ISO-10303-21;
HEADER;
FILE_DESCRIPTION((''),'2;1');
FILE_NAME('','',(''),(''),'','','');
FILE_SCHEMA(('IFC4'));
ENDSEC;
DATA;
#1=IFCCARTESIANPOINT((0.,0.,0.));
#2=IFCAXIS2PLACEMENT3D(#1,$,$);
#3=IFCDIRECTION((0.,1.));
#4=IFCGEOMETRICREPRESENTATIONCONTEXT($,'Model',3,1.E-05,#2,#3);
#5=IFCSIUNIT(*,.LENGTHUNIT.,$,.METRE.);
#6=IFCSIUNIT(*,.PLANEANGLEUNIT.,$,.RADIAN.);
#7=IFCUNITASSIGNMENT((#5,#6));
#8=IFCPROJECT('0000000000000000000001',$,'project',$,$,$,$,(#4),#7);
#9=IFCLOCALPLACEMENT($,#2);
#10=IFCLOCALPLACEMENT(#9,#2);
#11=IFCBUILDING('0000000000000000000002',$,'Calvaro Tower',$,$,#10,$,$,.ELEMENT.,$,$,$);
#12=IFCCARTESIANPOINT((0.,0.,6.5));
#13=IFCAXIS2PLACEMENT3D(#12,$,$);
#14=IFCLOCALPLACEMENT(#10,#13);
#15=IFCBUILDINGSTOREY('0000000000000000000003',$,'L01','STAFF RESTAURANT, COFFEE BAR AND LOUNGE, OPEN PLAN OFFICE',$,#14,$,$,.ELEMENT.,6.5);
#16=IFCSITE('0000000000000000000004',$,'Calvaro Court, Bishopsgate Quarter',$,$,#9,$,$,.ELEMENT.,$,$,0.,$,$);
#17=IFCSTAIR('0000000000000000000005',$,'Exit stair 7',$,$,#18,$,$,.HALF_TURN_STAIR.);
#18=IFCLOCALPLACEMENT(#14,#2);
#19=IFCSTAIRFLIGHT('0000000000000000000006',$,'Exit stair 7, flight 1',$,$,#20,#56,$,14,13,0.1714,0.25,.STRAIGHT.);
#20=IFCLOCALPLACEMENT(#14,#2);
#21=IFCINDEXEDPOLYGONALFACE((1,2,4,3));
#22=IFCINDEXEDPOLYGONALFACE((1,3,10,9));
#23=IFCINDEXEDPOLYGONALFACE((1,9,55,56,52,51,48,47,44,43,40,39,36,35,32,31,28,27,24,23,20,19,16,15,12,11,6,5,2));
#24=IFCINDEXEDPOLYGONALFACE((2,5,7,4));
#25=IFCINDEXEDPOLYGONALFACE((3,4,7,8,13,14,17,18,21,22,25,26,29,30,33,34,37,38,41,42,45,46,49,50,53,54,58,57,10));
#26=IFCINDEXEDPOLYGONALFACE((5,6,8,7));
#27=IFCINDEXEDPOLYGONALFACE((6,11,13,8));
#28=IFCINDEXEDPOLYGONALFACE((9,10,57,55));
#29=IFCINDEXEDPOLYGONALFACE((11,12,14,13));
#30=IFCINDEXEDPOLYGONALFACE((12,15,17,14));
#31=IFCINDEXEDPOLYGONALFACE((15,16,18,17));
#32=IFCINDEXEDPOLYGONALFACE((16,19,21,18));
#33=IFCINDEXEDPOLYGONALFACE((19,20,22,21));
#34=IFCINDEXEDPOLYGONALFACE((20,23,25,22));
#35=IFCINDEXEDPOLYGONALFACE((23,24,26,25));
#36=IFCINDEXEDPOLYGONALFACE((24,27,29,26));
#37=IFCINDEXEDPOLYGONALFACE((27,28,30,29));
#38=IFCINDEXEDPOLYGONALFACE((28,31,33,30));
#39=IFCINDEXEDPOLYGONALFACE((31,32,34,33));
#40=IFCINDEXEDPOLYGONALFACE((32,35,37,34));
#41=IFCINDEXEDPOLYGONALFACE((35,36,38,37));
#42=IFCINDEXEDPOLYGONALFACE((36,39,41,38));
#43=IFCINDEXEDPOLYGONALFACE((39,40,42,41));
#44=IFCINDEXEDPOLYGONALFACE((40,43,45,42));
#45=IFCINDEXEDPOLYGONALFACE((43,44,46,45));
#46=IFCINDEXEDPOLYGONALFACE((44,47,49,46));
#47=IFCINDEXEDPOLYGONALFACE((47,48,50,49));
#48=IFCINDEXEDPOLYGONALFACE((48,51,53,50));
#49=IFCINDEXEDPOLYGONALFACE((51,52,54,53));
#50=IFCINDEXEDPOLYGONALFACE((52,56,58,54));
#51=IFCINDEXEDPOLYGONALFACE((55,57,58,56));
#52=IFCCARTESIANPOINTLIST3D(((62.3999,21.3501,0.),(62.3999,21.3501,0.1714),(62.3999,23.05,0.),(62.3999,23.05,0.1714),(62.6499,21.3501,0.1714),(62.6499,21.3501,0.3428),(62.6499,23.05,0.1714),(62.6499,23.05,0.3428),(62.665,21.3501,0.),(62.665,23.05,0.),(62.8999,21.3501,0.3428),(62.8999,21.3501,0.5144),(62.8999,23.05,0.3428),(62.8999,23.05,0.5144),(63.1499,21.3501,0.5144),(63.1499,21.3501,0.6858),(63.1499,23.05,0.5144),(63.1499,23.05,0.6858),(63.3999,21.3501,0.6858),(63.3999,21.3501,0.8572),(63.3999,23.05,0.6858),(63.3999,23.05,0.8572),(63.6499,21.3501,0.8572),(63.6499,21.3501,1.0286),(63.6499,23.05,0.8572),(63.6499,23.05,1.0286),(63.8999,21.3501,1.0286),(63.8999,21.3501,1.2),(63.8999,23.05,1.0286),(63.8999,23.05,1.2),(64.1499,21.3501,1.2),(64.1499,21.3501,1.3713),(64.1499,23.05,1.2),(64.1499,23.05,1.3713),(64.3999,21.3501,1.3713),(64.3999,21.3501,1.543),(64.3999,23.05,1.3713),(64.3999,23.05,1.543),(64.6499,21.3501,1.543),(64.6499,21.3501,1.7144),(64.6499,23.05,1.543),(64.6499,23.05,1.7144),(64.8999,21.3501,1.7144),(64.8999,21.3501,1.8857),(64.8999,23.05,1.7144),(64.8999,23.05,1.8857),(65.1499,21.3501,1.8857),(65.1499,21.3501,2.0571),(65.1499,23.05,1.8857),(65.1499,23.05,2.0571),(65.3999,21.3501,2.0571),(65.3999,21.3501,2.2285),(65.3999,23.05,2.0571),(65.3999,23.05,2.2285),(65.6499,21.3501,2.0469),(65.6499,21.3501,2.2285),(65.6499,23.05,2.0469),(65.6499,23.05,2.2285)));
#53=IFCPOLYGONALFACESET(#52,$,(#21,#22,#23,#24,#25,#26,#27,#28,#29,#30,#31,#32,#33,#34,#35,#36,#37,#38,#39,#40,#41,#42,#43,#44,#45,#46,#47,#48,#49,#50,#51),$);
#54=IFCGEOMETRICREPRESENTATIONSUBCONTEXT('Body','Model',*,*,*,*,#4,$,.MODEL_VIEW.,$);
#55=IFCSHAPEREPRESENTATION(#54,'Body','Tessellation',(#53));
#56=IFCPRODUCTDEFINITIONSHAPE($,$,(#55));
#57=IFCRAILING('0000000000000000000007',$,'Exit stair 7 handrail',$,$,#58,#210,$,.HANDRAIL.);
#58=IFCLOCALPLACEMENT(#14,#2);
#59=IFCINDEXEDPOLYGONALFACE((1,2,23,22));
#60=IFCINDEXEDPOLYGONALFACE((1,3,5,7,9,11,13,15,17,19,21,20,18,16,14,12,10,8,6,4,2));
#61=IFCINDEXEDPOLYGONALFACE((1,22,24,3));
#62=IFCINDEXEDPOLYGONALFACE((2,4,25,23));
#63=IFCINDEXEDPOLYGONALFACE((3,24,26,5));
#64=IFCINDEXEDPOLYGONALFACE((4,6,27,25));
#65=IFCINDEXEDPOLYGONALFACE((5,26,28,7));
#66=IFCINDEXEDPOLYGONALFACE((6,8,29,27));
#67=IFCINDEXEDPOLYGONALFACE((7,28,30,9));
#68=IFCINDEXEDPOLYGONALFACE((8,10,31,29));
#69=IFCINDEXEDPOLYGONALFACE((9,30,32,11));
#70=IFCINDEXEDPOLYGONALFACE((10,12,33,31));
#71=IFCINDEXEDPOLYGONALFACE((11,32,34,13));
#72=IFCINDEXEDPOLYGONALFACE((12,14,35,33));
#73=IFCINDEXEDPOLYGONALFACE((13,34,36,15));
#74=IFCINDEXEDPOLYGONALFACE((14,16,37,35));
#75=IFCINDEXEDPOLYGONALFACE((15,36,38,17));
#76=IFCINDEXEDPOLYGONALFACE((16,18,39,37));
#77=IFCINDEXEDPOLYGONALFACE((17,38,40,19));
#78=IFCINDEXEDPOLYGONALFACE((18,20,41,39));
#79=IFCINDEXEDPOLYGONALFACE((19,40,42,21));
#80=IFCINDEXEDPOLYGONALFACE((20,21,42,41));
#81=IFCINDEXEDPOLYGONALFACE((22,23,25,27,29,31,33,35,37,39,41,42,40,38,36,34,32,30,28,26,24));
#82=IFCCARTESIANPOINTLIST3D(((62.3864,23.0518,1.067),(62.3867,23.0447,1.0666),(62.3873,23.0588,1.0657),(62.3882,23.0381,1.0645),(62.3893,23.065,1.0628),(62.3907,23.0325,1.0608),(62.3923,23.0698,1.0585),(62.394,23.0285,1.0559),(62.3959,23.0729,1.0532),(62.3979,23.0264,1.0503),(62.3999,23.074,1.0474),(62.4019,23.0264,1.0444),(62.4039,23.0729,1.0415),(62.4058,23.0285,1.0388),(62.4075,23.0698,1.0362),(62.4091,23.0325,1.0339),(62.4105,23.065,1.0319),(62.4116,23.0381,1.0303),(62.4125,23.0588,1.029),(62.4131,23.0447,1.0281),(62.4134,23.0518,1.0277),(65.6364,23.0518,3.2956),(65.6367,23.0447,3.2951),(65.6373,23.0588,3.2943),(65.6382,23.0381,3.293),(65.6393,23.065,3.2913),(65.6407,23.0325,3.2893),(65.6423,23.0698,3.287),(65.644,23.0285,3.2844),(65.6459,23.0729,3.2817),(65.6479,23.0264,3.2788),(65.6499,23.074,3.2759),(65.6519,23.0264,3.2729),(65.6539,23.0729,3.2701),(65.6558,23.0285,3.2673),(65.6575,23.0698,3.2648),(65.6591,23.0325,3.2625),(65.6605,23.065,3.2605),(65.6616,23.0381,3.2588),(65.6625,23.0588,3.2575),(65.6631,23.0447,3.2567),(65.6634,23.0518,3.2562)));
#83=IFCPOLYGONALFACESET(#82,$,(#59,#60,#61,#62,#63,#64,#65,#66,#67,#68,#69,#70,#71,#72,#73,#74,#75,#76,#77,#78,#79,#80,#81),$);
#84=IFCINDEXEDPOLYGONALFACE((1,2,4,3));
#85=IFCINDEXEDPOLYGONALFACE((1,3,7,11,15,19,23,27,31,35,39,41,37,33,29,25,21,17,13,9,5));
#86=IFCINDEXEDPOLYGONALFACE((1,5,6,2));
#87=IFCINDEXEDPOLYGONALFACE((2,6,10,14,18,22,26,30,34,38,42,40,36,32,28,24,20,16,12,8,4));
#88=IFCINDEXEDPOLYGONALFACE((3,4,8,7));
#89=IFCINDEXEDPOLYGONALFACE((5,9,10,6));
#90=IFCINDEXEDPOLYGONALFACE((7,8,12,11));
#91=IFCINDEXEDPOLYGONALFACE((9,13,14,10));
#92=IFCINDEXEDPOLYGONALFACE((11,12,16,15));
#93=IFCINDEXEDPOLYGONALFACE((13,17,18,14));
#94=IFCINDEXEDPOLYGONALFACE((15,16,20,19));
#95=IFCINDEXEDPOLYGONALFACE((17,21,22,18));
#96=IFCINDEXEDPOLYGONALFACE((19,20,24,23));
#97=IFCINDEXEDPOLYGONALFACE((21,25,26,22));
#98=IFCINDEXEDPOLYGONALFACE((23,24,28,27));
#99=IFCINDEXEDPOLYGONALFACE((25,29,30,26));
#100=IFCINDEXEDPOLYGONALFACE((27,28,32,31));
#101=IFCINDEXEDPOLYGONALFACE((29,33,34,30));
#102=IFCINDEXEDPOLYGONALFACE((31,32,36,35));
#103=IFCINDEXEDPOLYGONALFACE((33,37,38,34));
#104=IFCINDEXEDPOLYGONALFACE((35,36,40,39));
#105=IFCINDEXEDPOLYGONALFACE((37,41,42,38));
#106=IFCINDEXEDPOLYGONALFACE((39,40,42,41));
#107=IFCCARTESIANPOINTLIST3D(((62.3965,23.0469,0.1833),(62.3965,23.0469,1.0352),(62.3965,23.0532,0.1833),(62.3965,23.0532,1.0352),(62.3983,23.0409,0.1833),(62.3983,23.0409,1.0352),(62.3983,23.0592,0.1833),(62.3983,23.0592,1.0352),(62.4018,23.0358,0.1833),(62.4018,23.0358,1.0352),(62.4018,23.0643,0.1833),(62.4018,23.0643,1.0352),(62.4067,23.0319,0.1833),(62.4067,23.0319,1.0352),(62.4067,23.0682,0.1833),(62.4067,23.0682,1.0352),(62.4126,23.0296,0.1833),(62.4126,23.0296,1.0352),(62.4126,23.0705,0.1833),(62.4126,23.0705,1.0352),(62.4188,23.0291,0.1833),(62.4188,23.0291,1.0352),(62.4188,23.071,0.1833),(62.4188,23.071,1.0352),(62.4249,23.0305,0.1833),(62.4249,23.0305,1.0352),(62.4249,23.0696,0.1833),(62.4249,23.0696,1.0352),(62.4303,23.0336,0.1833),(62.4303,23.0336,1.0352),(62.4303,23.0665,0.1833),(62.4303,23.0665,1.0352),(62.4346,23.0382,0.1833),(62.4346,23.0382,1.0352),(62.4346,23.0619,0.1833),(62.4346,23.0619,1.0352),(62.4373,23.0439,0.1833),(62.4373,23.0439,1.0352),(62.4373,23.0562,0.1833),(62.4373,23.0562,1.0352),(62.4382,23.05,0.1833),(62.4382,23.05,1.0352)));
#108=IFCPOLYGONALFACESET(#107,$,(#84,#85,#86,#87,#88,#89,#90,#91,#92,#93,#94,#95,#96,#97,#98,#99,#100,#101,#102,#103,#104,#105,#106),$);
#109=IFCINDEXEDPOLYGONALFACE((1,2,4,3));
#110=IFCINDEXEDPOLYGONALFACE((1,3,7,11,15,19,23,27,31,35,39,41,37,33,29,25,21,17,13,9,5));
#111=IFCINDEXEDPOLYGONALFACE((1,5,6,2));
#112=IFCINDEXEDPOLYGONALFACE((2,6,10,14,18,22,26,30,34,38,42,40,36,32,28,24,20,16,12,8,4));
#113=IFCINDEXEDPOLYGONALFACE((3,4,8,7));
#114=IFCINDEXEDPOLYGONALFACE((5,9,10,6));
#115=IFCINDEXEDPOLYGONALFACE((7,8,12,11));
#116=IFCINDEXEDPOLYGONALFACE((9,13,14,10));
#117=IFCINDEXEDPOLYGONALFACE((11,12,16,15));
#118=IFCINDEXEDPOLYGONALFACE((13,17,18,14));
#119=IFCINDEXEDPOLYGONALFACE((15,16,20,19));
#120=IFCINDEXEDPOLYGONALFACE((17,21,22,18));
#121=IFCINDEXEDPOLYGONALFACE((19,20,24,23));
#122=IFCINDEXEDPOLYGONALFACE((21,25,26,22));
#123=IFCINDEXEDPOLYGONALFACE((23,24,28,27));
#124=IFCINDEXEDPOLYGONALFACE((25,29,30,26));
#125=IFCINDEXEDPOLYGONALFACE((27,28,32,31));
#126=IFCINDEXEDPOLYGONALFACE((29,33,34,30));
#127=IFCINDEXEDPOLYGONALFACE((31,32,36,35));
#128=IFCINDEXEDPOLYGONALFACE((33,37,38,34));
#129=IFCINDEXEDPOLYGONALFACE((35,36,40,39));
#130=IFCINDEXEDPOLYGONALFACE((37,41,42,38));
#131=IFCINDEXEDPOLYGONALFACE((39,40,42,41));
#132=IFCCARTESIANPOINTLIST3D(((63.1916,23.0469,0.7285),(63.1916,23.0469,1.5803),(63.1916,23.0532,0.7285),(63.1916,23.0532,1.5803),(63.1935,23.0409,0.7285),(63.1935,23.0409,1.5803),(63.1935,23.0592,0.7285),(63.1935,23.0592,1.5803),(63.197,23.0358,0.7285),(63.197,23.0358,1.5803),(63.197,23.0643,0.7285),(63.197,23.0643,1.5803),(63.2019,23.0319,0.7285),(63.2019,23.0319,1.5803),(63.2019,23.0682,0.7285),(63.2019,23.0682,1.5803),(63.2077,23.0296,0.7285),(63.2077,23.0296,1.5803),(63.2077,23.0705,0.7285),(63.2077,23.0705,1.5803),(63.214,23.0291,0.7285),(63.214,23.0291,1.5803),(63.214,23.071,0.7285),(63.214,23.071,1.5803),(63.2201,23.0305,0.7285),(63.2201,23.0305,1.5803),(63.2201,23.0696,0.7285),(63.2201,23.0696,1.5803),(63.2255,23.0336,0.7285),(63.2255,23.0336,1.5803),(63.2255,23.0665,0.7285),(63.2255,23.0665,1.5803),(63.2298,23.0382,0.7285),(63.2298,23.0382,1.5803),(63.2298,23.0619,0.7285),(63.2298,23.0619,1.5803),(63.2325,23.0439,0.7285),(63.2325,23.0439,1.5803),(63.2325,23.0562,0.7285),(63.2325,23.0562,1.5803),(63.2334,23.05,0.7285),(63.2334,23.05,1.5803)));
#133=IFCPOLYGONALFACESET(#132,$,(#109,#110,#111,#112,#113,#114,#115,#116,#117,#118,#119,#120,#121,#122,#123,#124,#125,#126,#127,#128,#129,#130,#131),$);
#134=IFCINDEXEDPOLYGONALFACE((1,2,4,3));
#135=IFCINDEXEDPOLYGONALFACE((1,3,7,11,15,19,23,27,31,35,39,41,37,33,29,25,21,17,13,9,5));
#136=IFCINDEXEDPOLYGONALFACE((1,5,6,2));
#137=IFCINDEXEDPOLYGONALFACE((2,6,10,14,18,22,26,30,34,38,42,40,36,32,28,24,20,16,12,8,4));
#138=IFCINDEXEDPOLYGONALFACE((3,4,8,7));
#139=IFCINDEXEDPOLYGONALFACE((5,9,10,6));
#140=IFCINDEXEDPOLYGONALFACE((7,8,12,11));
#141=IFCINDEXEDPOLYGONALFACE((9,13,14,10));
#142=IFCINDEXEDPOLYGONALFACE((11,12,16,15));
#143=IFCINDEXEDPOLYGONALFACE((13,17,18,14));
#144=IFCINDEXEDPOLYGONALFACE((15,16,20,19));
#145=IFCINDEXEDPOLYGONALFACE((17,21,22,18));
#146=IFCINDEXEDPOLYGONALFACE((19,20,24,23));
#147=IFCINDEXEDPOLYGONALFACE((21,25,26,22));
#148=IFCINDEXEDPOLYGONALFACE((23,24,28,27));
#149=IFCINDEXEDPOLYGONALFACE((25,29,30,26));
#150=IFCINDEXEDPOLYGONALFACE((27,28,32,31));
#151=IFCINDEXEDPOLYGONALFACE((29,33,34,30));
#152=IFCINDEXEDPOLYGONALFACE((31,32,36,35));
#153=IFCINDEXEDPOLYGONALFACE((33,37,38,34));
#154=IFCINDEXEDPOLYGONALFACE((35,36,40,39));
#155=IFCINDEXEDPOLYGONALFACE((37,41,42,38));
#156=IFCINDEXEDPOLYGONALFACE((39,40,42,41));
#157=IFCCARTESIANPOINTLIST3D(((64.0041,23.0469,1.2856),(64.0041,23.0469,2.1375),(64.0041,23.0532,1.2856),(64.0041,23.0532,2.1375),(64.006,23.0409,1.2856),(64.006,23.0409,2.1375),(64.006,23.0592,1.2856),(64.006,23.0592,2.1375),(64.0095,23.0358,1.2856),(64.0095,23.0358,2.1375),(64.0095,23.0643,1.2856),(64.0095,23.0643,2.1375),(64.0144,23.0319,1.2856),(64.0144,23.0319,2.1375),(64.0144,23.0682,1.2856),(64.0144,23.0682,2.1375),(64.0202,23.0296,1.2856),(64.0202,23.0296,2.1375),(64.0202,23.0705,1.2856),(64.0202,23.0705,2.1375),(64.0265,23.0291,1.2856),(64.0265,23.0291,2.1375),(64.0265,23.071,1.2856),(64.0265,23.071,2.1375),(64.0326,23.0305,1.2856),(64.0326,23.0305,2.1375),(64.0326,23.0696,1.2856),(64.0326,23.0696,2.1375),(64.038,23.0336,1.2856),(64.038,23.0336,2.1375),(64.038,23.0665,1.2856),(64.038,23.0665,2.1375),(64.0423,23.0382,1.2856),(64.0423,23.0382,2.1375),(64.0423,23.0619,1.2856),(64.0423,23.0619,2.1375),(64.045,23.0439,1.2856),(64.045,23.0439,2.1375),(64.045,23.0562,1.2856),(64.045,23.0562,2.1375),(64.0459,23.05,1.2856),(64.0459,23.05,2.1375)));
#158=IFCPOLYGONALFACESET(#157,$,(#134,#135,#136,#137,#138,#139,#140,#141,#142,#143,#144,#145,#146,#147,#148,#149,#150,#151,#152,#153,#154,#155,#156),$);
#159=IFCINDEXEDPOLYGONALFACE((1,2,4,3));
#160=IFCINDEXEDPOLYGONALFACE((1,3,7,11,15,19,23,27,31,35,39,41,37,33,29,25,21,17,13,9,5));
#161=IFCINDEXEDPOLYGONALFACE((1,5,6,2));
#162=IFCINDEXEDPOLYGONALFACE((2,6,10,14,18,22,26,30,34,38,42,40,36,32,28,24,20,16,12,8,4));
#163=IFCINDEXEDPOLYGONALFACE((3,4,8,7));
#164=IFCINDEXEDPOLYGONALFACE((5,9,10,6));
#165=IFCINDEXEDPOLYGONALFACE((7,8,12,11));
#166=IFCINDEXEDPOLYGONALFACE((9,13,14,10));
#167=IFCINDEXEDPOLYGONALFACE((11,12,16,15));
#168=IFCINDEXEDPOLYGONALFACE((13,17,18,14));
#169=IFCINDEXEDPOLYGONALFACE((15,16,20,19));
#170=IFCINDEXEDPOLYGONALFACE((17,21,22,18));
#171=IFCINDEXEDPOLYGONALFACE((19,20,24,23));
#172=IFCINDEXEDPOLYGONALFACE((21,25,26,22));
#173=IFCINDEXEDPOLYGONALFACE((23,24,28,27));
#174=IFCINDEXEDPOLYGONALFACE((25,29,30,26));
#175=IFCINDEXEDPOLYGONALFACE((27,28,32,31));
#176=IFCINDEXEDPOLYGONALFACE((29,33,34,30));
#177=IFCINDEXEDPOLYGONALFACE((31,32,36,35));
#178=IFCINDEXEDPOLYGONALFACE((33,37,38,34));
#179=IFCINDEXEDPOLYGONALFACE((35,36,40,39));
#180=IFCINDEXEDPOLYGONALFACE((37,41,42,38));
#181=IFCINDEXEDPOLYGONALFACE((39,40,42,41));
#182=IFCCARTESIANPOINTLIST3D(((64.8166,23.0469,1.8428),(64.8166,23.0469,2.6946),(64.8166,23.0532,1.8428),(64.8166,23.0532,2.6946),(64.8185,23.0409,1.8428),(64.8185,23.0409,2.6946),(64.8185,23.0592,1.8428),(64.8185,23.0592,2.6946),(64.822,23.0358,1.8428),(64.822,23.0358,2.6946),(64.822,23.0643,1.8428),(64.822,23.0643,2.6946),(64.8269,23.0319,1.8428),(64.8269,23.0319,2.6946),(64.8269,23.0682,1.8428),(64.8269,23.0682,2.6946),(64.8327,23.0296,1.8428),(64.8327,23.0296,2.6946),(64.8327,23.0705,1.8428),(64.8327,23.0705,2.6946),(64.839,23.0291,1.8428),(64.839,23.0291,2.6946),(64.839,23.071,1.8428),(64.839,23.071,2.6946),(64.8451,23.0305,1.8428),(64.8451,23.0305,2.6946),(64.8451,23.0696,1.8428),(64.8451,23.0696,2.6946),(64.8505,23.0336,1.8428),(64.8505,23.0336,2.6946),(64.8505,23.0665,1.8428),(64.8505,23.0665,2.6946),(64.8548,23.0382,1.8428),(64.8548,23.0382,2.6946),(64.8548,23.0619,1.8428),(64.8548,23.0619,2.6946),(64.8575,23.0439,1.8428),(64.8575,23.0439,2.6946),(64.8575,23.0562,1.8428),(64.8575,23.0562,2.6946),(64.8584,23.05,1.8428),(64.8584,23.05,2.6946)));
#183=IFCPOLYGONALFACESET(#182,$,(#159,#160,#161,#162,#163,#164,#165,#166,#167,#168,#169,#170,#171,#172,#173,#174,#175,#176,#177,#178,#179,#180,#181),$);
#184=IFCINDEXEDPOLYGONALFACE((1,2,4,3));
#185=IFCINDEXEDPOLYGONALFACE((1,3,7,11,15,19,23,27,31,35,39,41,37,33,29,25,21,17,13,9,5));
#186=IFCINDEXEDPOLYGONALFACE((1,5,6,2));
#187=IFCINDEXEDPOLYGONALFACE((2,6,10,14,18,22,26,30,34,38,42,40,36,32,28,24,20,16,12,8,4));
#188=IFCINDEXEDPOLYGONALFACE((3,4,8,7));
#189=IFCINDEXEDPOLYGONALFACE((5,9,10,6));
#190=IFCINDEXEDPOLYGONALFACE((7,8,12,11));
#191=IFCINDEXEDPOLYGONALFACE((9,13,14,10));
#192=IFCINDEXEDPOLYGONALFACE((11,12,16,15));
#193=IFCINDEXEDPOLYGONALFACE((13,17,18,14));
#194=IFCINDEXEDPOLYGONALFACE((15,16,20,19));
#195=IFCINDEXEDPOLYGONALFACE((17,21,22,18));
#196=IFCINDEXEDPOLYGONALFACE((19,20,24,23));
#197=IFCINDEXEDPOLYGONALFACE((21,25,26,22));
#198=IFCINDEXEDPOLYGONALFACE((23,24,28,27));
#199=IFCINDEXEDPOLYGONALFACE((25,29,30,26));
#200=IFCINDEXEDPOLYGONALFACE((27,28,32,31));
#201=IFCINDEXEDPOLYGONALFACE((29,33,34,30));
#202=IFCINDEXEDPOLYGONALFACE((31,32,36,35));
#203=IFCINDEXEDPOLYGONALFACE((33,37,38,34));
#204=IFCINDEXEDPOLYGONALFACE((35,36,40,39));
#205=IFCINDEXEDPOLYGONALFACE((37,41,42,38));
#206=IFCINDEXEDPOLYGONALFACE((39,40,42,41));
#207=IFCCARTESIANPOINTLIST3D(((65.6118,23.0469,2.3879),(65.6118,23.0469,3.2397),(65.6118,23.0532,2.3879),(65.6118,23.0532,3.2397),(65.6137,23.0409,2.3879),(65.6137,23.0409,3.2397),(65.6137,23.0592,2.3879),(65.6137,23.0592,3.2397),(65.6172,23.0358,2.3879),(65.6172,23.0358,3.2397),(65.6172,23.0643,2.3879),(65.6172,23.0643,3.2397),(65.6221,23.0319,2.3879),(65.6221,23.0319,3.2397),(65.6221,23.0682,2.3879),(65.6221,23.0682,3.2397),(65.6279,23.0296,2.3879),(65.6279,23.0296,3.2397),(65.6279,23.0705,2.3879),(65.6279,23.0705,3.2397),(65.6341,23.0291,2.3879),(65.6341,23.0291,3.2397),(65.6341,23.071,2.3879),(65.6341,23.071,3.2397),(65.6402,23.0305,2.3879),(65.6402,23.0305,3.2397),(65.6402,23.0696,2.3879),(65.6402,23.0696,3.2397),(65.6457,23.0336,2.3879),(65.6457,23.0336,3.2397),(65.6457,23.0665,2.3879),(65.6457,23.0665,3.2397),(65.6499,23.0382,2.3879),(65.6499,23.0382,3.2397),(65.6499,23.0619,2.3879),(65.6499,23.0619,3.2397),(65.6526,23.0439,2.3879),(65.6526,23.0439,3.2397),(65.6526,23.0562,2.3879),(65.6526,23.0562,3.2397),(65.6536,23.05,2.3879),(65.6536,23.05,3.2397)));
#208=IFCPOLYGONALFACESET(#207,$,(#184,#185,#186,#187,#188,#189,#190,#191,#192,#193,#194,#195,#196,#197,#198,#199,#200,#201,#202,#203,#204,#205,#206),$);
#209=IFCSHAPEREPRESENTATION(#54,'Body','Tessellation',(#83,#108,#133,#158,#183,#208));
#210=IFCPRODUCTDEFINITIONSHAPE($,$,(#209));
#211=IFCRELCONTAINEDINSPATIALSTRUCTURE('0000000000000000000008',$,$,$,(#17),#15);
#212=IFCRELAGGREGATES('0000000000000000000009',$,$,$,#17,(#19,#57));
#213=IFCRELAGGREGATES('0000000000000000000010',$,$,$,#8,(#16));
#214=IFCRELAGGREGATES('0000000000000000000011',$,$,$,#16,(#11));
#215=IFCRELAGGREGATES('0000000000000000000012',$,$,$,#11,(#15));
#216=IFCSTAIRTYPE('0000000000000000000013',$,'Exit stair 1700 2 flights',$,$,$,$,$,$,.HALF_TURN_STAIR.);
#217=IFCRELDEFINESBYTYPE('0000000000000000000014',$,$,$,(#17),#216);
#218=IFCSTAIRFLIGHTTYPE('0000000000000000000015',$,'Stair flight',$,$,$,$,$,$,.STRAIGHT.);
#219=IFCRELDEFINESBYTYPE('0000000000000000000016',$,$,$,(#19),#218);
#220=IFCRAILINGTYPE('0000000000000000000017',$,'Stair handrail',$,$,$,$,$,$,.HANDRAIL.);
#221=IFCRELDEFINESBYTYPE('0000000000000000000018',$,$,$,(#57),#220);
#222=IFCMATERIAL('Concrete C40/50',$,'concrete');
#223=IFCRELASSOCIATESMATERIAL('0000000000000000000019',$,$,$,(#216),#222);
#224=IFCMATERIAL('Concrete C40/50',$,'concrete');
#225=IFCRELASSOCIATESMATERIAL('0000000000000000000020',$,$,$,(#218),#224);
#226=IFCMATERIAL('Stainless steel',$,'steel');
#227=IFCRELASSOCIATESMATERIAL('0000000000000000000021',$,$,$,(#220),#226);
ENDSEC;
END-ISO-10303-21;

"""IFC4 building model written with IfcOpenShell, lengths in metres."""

from ifc_helpers import new_model, si_unit, direction, frame, origin, origin_2d, place, context, subcontext, project, spatial, polyline, circle, outline, extrude, material, type_object, element, aggregate, save


model = new_model("IFC4")

# Units and contexts
model_context = context("Model", 3, precision=1e-05, world=origin(), true_north=direction((0.0, 1.0)))
body_context = subcontext(model_context, "Body", "Model", "MODEL_VIEW")
ifc_project = project(units=[si_unit("LENGTHUNIT", "METRE"), si_unit("PLANEANGLEUNIT", "RADIAN")], contexts=[model_context])

# Site, building, storey
site_placement = place(None, origin())
site = spatial("IfcSite", under=ifc_project, at=site_placement, Name="Calvaro Court, Bishopsgate Quarter", CompositionType="ELEMENT", RefElevation=0.0)
building_placement = place(site_placement, origin())
building = spatial("IfcBuilding", under=site, at=building_placement, Name="Calvaro Tower", CompositionType="ELEMENT")
storey_placement = place(building_placement, frame((0.0, 0.0, 6.5)))
storey = spatial("IfcBuildingStorey", under=building, at=storey_placement, Name="L01", Description="STAFF RESTAURANT, COFFEE BAR AND LOUNGE, OPEN PLAN OFFICE", CompositionType="ELEMENT", Elevation=6.5)

# Stair, stair flight, railing
ifc_material_1 = material(Name="Concrete C40/50", Category="concrete")
stair_type = type_object("IfcStairType", Name="Exit stair 1700 2 flights", PredefinedType="HALF_TURN_STAIR", material=ifc_material_1)
stair_placement = place(storey_placement, origin())
stair = element("IfcStair", 1, at=stair_placement, inside=storey, type_object=stair_type, Name="Exit stair 7", PredefinedType="HALF_TURN_STAIR")
ifc_material_2 = material(Name="Concrete C40/50", Category="concrete")
stair_flight_type = type_object("IfcStairFlightType", Name="Stair flight", PredefinedType="STRAIGHT", material=ifc_material_2)
stair_flight_placement = place(storey_placement, frame((62.3999, 22.2, 0.0), z_axis=(0.0, 0.0, 1.0), x_axis=(1.0, 0.0, 0.0)))
stair_flight = element("IfcStairFlight", 2, at=stair_flight_placement, type_object=stair_flight_type, Name="Exit stair 7, flight 1", NumberOfRisers=14, NumberOfTreads=13, PredefinedType="STRAIGHT", RiserHeight=0.1714, TreadLength=0.25, context=body_context, shape_type="SweptSolid", body=[
    extrude(outline(polyline([(0.0, 0.0), (0.0, 0.1714), (0.25, 0.1714), (0.25, 0.3428), (0.5, 0.3428), (0.5, 0.5144), (0.75, 0.5144), (0.75, 0.6858), (1.0, 0.6858), (1.0, 0.8572), (1.25, 0.8572), (1.25, 1.0286), (1.5, 1.0286), (1.5, 1.2), (1.75, 1.2), (1.75, 1.3713), (2.0, 1.3713), (2.0, 1.543), (2.25, 1.543), (2.25, 1.7144), (2.5, 1.7144), (2.5, 1.8857), (2.75, 1.8857), (2.75, 2.0571), (3.0, 2.0571), (3.0, 2.2285), (3.25, 2.2285), (3.25, 2.3999), (3.25, 2.0469), (0.2651, 0.0), (0.0, 0.0)])), frame((0.0, 0.8501, 0.0), z_axis=(0.0, -1.0, 0.0), x_axis=(1.0, 0.0, 0.0)), (0.0, 0.0, 1.0), 1.7),
])
ifc_material_3 = material(Name="Stainless steel", Category="steel")
railing_type = type_object("IfcRailingType", Name="Stair handrail", PredefinedType="HANDRAIL", material=ifc_material_3)
railing_1_placement = place(storey_placement, frame((62.3999, 23.05, 0.1714)))
railing_1 = element("IfcRailing", 3, at=railing_1_placement, type_object=railing_type, Name="Exit stair 7 handrail", PredefinedType="HANDRAIL", context=body_context, shape_type="SweptSolid", body=[
    extrude(circle(Radius=0.0239, at=origin_2d()), frame((0.0, 0.0, 0.876), z_axis=(0.824735, 0.0, 0.565519), x_axis=(0.0, 1.0, 0.0)), (0.0, 0.0, 1.0), 3.9407),
    extrude(circle(Radius=0.021, at=origin_2d()), frame((0.0173, 0.0, 0.012)), (0.0, 0.0, 1.0), 0.8518),
    extrude(circle(Radius=0.021, at=origin_2d()), frame((0.8125, 0.0, 0.5571)), (0.0, 0.0, 1.0), 0.8518),
    extrude(circle(Radius=0.021, at=origin_2d()), frame((1.625, 0.0, 1.1143)), (0.0, 0.0, 1.0), 0.8518),
    extrude(circle(Radius=0.021, at=origin_2d()), frame((2.4375, 0.0, 1.6714)), (0.0, 0.0, 1.0), 0.8518),
    extrude(circle(Radius=0.021, at=origin_2d()), frame((3.2327, 0.0, 2.2166)), (0.0, 0.0, 1.0), 0.8518),
])
aggregate(stair, [stair_flight, railing_1])

save(model, "model.ifc")
